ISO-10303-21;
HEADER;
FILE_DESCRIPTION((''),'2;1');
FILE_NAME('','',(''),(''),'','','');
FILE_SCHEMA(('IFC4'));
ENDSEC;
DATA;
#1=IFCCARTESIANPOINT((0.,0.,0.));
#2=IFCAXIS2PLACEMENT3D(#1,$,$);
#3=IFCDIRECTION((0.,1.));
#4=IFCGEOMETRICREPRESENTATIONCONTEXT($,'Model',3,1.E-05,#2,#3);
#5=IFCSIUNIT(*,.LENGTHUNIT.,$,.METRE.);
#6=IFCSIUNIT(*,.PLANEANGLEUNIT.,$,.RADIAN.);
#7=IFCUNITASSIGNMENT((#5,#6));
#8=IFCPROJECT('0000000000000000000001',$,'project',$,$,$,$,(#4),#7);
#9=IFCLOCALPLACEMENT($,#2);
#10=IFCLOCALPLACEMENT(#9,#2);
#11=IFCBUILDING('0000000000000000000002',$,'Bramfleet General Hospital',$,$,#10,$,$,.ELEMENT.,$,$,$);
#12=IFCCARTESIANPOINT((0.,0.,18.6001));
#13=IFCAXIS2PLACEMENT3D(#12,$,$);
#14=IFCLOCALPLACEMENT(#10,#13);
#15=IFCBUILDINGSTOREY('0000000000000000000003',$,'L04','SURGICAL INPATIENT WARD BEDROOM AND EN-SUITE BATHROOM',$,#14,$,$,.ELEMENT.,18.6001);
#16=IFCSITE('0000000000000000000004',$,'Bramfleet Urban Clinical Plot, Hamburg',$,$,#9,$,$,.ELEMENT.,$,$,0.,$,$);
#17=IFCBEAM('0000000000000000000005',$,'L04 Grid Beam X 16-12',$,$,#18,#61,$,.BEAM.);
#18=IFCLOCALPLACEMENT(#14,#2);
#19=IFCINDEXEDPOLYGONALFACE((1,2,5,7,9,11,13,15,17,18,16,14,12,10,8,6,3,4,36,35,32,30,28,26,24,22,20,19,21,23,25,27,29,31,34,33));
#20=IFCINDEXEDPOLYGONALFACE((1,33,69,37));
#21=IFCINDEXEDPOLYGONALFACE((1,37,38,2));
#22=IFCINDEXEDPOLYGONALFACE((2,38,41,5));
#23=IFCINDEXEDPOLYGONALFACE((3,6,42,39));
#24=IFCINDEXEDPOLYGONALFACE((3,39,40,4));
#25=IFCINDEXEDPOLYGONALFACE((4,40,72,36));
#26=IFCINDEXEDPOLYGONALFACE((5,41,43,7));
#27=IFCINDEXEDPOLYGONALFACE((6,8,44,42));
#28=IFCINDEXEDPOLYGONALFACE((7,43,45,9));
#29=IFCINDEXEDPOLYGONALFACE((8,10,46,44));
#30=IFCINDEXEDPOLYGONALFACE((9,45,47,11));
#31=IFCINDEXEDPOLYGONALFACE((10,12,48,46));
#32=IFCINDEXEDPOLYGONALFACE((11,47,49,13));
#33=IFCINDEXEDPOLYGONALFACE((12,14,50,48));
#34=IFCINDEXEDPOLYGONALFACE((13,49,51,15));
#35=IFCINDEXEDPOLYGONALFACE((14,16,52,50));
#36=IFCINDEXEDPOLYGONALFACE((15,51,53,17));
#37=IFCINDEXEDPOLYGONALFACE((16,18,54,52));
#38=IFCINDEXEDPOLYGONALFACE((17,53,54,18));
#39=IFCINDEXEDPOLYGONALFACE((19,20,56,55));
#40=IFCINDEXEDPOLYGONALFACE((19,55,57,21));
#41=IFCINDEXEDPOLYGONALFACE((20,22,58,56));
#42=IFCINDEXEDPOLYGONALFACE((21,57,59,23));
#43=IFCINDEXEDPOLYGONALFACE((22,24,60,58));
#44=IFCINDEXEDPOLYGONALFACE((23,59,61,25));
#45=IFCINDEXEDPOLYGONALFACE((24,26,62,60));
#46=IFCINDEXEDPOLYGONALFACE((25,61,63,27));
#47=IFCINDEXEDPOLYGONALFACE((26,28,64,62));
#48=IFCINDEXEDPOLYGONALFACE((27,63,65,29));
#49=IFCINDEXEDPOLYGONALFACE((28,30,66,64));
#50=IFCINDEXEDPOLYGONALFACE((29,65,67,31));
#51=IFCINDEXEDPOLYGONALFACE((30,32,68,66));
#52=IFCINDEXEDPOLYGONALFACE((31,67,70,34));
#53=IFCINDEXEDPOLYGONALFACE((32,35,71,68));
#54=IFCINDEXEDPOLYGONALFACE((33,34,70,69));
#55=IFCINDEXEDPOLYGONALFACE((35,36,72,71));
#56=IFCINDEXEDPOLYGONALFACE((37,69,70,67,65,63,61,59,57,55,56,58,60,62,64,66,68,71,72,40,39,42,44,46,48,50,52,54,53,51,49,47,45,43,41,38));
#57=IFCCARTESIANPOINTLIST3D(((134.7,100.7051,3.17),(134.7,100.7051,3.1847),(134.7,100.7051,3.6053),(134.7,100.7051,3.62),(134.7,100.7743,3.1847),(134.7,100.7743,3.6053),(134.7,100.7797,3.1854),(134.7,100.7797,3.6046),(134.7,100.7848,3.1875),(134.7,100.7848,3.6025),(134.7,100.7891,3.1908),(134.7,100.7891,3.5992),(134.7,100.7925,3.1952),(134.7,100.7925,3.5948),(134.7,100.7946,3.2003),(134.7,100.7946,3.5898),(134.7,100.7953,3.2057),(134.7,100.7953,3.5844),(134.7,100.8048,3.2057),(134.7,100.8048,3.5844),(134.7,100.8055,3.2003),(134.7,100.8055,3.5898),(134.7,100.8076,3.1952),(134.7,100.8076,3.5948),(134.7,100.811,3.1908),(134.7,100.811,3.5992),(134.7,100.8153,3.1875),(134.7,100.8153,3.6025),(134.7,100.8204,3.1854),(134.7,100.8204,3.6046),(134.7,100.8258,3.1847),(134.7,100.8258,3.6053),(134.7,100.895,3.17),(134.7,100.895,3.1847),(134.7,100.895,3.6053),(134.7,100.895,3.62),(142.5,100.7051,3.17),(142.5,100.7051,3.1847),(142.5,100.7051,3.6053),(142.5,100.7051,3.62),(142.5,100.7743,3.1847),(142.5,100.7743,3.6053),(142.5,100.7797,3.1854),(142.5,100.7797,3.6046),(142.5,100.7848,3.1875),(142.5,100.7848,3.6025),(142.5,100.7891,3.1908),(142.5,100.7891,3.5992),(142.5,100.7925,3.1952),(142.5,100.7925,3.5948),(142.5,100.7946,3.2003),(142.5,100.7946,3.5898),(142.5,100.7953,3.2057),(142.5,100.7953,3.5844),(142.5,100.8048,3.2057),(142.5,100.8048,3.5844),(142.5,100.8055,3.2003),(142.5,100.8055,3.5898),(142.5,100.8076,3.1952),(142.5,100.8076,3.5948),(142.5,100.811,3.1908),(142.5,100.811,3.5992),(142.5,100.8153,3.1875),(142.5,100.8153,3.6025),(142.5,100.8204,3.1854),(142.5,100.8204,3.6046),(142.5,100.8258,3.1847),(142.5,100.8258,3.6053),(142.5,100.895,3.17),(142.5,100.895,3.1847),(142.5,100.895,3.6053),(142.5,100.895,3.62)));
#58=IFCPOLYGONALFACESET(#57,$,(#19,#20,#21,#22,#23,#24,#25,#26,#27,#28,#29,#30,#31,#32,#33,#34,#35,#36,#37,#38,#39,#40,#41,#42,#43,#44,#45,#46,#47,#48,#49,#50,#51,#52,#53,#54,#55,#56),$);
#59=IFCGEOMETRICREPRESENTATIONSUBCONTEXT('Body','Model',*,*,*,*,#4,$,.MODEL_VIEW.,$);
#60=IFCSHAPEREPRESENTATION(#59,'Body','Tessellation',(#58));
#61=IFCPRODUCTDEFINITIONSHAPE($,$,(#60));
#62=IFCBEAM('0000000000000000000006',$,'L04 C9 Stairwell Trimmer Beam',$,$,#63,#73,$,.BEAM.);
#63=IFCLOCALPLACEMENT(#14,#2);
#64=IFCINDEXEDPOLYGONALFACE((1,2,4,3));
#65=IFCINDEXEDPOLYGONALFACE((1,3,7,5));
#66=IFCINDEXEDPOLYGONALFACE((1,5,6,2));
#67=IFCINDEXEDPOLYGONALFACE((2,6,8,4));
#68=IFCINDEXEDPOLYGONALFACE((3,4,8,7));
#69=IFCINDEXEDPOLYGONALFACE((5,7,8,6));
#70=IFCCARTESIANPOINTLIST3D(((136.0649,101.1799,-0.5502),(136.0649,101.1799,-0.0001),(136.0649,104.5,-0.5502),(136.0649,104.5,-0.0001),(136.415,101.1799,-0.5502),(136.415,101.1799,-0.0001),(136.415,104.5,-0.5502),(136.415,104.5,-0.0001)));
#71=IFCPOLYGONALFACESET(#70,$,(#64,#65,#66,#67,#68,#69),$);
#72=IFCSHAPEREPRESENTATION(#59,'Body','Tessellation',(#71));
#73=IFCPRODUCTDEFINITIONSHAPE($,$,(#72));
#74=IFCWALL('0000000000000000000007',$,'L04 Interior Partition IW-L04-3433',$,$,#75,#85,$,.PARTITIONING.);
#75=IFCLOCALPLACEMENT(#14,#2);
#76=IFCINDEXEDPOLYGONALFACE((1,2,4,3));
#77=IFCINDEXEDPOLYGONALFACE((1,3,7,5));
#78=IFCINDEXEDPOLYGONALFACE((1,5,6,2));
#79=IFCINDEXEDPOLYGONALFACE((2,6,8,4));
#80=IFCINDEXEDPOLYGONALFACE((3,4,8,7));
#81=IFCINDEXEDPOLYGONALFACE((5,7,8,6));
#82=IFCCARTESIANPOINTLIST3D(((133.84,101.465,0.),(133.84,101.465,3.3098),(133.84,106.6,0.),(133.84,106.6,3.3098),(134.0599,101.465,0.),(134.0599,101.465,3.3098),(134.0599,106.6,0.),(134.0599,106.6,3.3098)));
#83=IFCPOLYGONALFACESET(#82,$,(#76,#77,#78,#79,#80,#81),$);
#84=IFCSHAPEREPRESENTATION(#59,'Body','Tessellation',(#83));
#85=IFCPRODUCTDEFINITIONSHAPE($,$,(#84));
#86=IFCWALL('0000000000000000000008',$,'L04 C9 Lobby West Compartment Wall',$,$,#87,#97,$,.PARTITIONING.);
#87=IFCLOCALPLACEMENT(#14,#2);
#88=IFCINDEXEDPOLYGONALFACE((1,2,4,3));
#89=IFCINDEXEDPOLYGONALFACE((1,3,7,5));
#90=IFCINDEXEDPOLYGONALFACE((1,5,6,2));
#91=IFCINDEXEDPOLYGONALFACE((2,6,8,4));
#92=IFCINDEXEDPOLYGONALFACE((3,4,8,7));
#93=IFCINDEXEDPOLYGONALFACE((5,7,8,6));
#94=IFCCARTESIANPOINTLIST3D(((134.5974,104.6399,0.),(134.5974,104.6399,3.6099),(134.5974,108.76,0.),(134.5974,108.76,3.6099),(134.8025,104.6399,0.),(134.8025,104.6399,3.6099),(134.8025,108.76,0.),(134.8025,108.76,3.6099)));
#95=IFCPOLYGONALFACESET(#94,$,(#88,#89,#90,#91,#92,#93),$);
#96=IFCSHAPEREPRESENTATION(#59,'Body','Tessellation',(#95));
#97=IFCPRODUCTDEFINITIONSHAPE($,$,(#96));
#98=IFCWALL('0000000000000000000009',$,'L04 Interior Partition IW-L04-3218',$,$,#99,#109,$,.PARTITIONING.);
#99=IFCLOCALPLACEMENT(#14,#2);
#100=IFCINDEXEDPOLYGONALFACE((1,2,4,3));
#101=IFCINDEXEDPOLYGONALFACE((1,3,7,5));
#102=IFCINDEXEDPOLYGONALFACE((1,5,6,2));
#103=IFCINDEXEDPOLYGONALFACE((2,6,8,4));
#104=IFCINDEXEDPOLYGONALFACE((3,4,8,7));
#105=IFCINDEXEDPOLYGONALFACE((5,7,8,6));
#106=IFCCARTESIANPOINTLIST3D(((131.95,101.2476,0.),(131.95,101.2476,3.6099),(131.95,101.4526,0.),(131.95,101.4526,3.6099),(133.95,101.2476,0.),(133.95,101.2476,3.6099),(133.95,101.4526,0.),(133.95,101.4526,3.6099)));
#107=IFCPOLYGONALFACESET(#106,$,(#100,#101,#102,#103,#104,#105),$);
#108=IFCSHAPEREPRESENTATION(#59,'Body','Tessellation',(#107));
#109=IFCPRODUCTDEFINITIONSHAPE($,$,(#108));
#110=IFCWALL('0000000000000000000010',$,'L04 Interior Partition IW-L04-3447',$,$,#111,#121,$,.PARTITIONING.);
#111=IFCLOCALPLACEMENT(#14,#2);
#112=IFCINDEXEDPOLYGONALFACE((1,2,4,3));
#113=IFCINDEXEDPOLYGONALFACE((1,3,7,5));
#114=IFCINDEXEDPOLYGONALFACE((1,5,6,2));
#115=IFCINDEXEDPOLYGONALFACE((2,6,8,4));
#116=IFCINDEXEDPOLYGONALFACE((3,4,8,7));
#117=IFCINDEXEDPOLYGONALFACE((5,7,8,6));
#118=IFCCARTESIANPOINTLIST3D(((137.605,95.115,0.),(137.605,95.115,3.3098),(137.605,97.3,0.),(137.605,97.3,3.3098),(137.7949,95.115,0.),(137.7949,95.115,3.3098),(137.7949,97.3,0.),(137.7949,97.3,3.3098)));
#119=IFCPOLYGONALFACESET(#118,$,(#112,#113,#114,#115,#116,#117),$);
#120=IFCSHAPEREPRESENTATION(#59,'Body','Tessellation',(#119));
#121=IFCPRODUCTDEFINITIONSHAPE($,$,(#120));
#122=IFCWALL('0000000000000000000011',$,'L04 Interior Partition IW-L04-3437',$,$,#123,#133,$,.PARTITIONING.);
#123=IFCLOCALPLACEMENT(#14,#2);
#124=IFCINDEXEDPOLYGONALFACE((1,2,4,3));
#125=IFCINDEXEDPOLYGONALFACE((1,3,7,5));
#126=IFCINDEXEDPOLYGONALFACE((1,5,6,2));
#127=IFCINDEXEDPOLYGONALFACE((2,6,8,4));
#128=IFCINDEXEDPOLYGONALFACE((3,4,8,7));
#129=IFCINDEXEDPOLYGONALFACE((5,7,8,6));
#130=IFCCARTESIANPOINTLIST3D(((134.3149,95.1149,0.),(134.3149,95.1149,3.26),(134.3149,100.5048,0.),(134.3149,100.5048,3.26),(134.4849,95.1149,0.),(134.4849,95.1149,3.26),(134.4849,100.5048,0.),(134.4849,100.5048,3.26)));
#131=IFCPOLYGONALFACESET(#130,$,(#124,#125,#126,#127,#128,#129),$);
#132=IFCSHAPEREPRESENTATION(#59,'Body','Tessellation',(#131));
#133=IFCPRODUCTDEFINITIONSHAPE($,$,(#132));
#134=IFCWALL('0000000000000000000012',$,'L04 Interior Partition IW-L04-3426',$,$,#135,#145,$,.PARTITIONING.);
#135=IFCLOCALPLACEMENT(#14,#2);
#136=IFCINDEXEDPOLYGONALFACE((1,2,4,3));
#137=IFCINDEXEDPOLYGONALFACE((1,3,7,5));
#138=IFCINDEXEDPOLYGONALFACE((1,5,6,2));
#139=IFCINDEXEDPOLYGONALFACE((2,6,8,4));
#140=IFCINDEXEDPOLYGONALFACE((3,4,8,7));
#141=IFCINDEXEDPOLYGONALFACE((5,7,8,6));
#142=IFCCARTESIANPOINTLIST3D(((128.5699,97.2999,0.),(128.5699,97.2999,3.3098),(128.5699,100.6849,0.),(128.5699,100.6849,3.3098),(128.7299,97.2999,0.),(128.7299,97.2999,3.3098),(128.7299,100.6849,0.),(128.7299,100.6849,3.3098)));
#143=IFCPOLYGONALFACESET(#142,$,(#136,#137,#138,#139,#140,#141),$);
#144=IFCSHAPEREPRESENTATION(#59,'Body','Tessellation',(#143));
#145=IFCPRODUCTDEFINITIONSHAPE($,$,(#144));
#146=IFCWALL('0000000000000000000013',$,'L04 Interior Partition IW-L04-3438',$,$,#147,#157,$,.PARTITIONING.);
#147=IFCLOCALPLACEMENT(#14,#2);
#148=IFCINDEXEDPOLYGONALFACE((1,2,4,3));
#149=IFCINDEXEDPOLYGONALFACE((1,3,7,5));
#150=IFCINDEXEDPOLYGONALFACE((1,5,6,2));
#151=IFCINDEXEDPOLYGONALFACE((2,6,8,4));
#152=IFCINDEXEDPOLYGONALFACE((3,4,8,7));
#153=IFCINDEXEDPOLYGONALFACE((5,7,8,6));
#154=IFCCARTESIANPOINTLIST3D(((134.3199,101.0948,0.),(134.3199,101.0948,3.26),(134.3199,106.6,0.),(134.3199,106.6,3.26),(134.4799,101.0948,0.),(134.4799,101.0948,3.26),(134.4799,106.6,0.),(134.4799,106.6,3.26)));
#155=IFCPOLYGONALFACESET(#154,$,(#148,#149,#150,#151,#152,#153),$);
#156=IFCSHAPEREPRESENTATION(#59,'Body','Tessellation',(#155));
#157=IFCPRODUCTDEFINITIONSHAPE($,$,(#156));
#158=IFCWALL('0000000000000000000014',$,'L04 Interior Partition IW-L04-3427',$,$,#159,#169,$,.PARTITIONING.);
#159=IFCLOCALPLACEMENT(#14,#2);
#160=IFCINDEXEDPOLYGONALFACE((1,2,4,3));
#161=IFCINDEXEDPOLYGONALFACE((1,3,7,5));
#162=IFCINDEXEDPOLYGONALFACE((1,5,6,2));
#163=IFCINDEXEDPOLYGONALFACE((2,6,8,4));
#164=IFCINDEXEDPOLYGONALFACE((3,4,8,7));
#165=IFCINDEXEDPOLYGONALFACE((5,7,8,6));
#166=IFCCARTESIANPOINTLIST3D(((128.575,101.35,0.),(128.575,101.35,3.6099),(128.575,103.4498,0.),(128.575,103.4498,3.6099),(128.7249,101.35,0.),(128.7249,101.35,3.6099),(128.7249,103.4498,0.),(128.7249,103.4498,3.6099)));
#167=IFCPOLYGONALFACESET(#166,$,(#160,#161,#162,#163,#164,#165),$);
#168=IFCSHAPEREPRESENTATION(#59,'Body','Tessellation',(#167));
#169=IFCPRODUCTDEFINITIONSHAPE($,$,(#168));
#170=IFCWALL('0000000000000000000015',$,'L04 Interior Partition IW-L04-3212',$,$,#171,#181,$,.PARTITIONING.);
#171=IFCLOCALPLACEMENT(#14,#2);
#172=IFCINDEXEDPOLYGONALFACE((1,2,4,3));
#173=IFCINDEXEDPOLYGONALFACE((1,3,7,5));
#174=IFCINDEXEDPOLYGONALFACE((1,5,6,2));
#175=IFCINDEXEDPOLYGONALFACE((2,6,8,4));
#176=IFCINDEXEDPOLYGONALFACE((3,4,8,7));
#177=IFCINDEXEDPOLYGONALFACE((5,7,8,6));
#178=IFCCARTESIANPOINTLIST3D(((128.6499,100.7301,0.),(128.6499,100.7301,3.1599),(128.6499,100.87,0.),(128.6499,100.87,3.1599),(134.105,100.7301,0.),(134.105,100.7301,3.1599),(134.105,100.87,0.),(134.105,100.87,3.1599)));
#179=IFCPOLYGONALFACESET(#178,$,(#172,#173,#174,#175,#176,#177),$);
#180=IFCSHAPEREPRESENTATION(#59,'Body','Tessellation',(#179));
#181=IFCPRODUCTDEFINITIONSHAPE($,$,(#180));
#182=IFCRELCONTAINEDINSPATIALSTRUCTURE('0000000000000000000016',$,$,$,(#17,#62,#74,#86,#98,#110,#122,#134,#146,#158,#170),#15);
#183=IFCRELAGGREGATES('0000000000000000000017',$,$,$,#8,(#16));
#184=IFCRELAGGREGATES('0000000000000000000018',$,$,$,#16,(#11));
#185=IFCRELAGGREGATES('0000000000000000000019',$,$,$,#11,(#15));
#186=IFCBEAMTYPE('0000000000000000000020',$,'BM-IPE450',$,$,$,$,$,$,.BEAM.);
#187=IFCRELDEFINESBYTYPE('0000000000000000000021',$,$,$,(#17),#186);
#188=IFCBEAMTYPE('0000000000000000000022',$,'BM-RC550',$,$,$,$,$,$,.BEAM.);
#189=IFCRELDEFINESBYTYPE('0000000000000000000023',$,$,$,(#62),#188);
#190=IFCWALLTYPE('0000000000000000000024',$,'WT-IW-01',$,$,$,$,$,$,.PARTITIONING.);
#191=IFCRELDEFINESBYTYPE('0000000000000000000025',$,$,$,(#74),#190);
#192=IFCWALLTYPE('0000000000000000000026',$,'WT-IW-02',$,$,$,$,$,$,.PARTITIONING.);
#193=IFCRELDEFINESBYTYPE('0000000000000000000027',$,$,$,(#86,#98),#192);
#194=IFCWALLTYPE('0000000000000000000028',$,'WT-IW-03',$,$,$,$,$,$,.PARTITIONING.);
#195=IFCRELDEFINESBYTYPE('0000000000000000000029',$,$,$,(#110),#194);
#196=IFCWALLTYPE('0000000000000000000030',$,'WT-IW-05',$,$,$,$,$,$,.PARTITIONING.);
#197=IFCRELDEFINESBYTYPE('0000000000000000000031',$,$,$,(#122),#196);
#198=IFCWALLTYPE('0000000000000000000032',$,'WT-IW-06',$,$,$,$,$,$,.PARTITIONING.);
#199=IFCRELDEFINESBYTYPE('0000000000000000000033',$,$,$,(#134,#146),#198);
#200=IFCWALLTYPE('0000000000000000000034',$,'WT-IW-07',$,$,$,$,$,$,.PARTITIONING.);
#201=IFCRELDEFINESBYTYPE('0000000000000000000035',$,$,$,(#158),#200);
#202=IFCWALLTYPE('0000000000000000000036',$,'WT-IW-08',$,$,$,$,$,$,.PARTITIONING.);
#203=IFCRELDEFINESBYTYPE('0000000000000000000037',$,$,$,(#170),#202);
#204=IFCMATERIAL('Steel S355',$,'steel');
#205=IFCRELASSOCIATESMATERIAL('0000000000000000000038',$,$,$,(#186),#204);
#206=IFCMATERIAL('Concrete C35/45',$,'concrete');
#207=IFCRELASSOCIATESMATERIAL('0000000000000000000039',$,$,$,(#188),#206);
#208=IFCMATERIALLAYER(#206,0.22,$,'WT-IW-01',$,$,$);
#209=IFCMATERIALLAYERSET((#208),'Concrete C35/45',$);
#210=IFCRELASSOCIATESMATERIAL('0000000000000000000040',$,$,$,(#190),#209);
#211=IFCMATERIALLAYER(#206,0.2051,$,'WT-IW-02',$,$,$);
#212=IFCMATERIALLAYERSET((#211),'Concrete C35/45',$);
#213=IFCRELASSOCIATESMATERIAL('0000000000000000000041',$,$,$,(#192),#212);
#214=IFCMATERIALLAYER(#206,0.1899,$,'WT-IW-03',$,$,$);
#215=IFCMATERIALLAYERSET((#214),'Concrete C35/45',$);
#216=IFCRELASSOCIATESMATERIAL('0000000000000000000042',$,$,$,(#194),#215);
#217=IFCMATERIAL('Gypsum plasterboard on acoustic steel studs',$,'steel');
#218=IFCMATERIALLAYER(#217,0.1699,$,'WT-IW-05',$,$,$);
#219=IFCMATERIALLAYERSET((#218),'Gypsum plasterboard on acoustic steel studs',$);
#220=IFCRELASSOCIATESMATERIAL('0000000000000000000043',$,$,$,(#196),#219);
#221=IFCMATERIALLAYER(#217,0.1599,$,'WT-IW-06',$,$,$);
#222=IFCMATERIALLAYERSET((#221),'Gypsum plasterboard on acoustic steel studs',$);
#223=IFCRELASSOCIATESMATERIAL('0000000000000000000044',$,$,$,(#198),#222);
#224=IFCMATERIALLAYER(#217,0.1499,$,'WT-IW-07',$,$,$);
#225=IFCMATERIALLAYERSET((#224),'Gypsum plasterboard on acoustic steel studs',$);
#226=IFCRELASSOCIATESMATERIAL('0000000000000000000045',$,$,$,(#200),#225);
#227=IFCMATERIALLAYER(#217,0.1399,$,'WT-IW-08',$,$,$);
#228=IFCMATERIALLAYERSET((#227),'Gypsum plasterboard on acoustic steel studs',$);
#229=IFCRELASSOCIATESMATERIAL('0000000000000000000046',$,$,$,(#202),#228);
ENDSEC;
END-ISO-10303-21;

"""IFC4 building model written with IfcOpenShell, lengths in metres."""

from ifc_helpers import new_model, si_unit, direction, frame, frame_2d, origin, origin_2d, place, context, subcontext, project, spatial, rectangle, i_section, extrude, material, layer, layer_set, material_profile, profile_set, type_object, element, save


model = new_model("IFC4")

# Units and contexts
model_context = context("Model", 3, precision=1e-05, world=origin(), true_north=direction((0.0, 1.0)))
body_context = subcontext(model_context, "Body", "Model", "MODEL_VIEW")
ifc_project = project(units=[si_unit("LENGTHUNIT", "METRE"), si_unit("PLANEANGLEUNIT", "RADIAN")], contexts=[model_context])

# Site, building, storey
site_placement = place(None, origin())
site = spatial("IfcSite", under=ifc_project, at=site_placement, Name="Bramfleet Urban Clinical Plot, Hamburg", CompositionType="ELEMENT", RefElevation=0.0)
building_placement = place(site_placement, origin())
building = spatial("IfcBuilding", under=site, at=building_placement, Name="Bramfleet General Hospital", CompositionType="ELEMENT")
storey_placement = place(building_placement, frame((0.0, 0.0, 18.6001)))
storey = spatial("IfcBuildingStorey", under=building, at=storey_placement, Name="L04", Description="SURGICAL INPATIENT WARD BEDROOM AND EN-SUITE BATHROOM", CompositionType="ELEMENT", Elevation=18.6001)

# Beams
ifc_material_1 = material(Name="Steel S355", Category="steel")
ifc_material_profile_1 = material_profile(ifc_material_1, i_section(OverallWidth=0.1899, OverallDepth=0.45, WebThickness=0.0095, FlangeThickness=0.0146, FilletRadius=0.021, at=origin_2d()), Name="IPE 450")
ifc_profile_set_1 = profile_set([ifc_material_profile_1], Name="Steel S355")
beam_type_1 = type_object("IfcBeamType", Name="BM-IPE450", PredefinedType="BEAM", material=ifc_profile_set_1)
beam_1_placement = place(storey_placement, frame((134.7, 100.8, 3.395), z_axis=(1.0, 0.0, 0.0), x_axis=(0.0, 1.0, 0.0)))
element("IfcBeam", 1, at=beam_1_placement, inside=storey, type_object=beam_type_1, Name="L04 Grid Beam X 16-12", PredefinedType="BEAM", context=body_context, shape_type="SweptSolid", body=[
    extrude(i_section(OverallWidth=0.1899, OverallDepth=0.45, WebThickness=0.0095, FlangeThickness=0.0146, FilletRadius=0.021, at=origin_2d()), origin(), (0.0, 0.0, 1.0), 7.8),
])
ifc_material_2 = material(Name="Concrete C35/45", Category="concrete")
ifc_material_profile_2 = material_profile(ifc_material_2, rectangle(XDim=0.3501, YDim=0.55, at=origin_2d()), Name="RC BM 550x350")
ifc_profile_set_2 = profile_set([ifc_material_profile_2], Name="Concrete C35/45")
beam_type_2 = type_object("IfcBeamType", Name="BM-RC550", PredefinedType="BEAM", material=ifc_profile_set_2)
beam_2_placement = place(storey_placement, frame((136.24, 101.1799, -0.2751), z_axis=(0.0, 1.0, 0.0), x_axis=(-1.0, 0.0, 0.0)))
element("IfcBeam", 2, at=beam_2_placement, inside=storey, type_object=beam_type_2, Name="L04 C9 Stairwell Trimmer Beam", PredefinedType="BEAM", context=body_context, shape_type="SweptSolid", body=[
    extrude(rectangle(XDim=0.3501, YDim=0.55, at=origin_2d()), origin(), (0.0, 0.0, 1.0), 3.3201),
])

# Walls
ifc_layer_1 = layer(ifc_material_2, 0.22, Name="WT-IW-01")
ifc_layer_set_1 = layer_set([ifc_layer_1], Name="Concrete C35/45")
wall_type_1 = type_object("IfcWallType", Name="WT-IW-01", PredefinedType="PARTITIONING", material=ifc_layer_set_1)
wall_1_placement = place(storey_placement, frame((133.95, 101.4651, 0.0), z_axis=(0.0, 0.0, 1.0), x_axis=(0.0, 1.0, 0.0)))
element("IfcWall", 3, at=wall_1_placement, inside=storey, type_object=wall_type_1, Name="L04 Interior Partition IW-L04-3433", PredefinedType="PARTITIONING", context=body_context, shape_type="SweptSolid", body=[
    extrude(rectangle(XDim=5.135, YDim=0.22, at=frame_2d((2.5674, 0.0))), origin(), (0.0, 0.0, 1.0), 3.3098),
])
ifc_layer_2 = layer(ifc_material_2, 0.2051, Name="WT-IW-02")
ifc_layer_set_2 = layer_set([ifc_layer_2], Name="Concrete C35/45")
wall_type_2 = type_object("IfcWallType", Name="WT-IW-02", PredefinedType="PARTITIONING", material=ifc_layer_set_2)
wall_2_placement = place(storey_placement, frame((134.7, 104.6399, 0.0), z_axis=(0.0, 0.0, 1.0), x_axis=(0.0, 1.0, 0.0)))
element("IfcWall", 4, at=wall_2_placement, inside=storey, type_object=wall_type_2, Name="L04 C9 Lobby West Compartment Wall", PredefinedType="PARTITIONING", context=body_context, shape_type="SweptSolid", body=[
    extrude(rectangle(XDim=4.1201, YDim=0.2051, at=frame_2d((2.0601, 0.0))), origin(), (0.0, 0.0, 1.0), 3.6099),
])
wall_3_placement = place(storey_placement, frame((131.95, 101.3501, 0.0), z_axis=(0.0, 0.0, 1.0), x_axis=(1.0, 0.0, 0.0)))
element("IfcWall", 5, at=wall_3_placement, inside=storey, type_object=wall_type_2, Name="L04 Interior Partition IW-L04-3218", PredefinedType="PARTITIONING", context=body_context, shape_type="SweptSolid", body=[
    extrude(rectangle(XDim=2.0, YDim=0.2051, at=frame_2d((1.0, 0.0))), origin(), (0.0, 0.0, 1.0), 3.6099),
])
ifc_layer_3 = layer(ifc_material_2, 0.1899, Name="WT-IW-03")
ifc_layer_set_3 = layer_set([ifc_layer_3], Name="Concrete C35/45")
wall_type_3 = type_object("IfcWallType", Name="WT-IW-03", PredefinedType="PARTITIONING", material=ifc_layer_set_3)
wall_4_placement = place(storey_placement, frame((137.7, 95.115, 0.0), z_axis=(0.0, 0.0, 1.0), x_axis=(0.0, 1.0, 0.0)))
element("IfcWall", 6, at=wall_4_placement, inside=storey, type_object=wall_type_3, Name="L04 Interior Partition IW-L04-3447", PredefinedType="PARTITIONING", context=body_context, shape_type="SweptSolid", body=[
    extrude(rectangle(XDim=2.1851, YDim=0.1899, at=frame_2d((1.0925, 0.0))), origin(), (0.0, 0.0, 1.0), 3.3098),
])
ifc_material_3 = material(Name="Gypsum plasterboard on acoustic steel studs", Category="steel")
ifc_layer_4 = layer(ifc_material_3, 0.1699, Name="WT-IW-05")
ifc_layer_set_4 = layer_set([ifc_layer_4], Name="Gypsum plasterboard on acoustic steel studs")
wall_type_4 = type_object("IfcWallType", Name="WT-IW-05", PredefinedType="PARTITIONING", material=ifc_layer_set_4)
wall_5_placement = place(storey_placement, frame((134.3999, 95.115, 0.0), z_axis=(0.0, 0.0, 1.0), x_axis=(0.0, 1.0, 0.0)))
element("IfcWall", 7, at=wall_5_placement, inside=storey, type_object=wall_type_4, Name="L04 Interior Partition IW-L04-3437", PredefinedType="PARTITIONING", context=body_context, shape_type="SweptSolid", body=[
    extrude(rectangle(XDim=5.3899, YDim=0.1699, at=frame_2d((2.6948, 0.0))), origin(), (0.0, 0.0, 1.0), 3.26),
])
ifc_layer_5 = layer(ifc_material_3, 0.1599, Name="WT-IW-06")
ifc_layer_set_5 = layer_set([ifc_layer_5], Name="Gypsum plasterboard on acoustic steel studs")
wall_type_5 = type_object("IfcWallType", Name="WT-IW-06", PredefinedType="PARTITIONING", material=ifc_layer_set_5)
wall_6_placement = place(storey_placement, frame((128.6499, 97.3, 0.0), z_axis=(0.0, 0.0, 1.0), x_axis=(0.0, 1.0, 0.0)))
element("IfcWall", 8, at=wall_6_placement, inside=storey, type_object=wall_type_5, Name="L04 Interior Partition IW-L04-3426", PredefinedType="PARTITIONING", context=body_context, shape_type="SweptSolid", body=[
    extrude(rectangle(XDim=3.385, YDim=0.1599, at=frame_2d((1.6924, 0.0))), origin(), (0.0, 0.0, 1.0), 3.3098),
])
wall_7_placement = place(storey_placement, frame((134.3999, 101.095, 0.0), z_axis=(0.0, 0.0, 1.0), x_axis=(0.0, 1.0, 0.0)))
element("IfcWall", 9, at=wall_7_placement, inside=storey, type_object=wall_type_5, Name="L04 Interior Partition IW-L04-3438", PredefinedType="PARTITIONING", context=body_context, shape_type="SweptSolid", body=[
    extrude(rectangle(XDim=5.5051, YDim=0.1599, at=frame_2d((2.7524, 0.0))), origin(), (0.0, 0.0, 1.0), 3.26),
])
ifc_layer_6 = layer(ifc_material_3, 0.1499, Name="WT-IW-07")
ifc_layer_set_6 = layer_set([ifc_layer_6], Name="Gypsum plasterboard on acoustic steel studs")
wall_type_6 = type_object("IfcWallType", Name="WT-IW-07", PredefinedType="PARTITIONING", material=ifc_layer_set_6)
wall_8_placement = place(storey_placement, frame((128.6499, 101.3501, 0.0), z_axis=(0.0, 0.0, 1.0), x_axis=(0.0, 1.0, 0.0)))
element("IfcWall", 10, at=wall_8_placement, inside=storey, type_object=wall_type_6, Name="L04 Interior Partition IW-L04-3427", PredefinedType="PARTITIONING", context=body_context, shape_type="SweptSolid", body=[
    extrude(rectangle(XDim=2.0999, YDim=0.1499, at=frame_2d((1.0498, 0.0))), origin(), (0.0, 0.0, 1.0), 3.6099),
])
ifc_layer_7 = layer(ifc_material_3, 0.1399, Name="WT-IW-08")
ifc_layer_set_7 = layer_set([ifc_layer_7], Name="Gypsum plasterboard on acoustic steel studs")
wall_type_7 = type_object("IfcWallType", Name="WT-IW-08", PredefinedType="PARTITIONING", material=ifc_layer_set_7)
wall_9_placement = place(storey_placement, frame((128.6499, 100.8, 0.0), z_axis=(0.0, 0.0, 1.0), x_axis=(1.0, 0.0, 0.0)))
element("IfcWall", 11, at=wall_9_placement, inside=storey, type_object=wall_type_7, Name="L04 Interior Partition IW-L04-3212", PredefinedType="PARTITIONING", context=body_context, shape_type="SweptSolid", body=[
    extrude(rectangle(XDim=5.4551, YDim=0.1399, at=frame_2d((2.7275, 0.0))), origin(), (0.0, 0.0, 1.0), 3.1599),
])

save(model, "model.ifc")
